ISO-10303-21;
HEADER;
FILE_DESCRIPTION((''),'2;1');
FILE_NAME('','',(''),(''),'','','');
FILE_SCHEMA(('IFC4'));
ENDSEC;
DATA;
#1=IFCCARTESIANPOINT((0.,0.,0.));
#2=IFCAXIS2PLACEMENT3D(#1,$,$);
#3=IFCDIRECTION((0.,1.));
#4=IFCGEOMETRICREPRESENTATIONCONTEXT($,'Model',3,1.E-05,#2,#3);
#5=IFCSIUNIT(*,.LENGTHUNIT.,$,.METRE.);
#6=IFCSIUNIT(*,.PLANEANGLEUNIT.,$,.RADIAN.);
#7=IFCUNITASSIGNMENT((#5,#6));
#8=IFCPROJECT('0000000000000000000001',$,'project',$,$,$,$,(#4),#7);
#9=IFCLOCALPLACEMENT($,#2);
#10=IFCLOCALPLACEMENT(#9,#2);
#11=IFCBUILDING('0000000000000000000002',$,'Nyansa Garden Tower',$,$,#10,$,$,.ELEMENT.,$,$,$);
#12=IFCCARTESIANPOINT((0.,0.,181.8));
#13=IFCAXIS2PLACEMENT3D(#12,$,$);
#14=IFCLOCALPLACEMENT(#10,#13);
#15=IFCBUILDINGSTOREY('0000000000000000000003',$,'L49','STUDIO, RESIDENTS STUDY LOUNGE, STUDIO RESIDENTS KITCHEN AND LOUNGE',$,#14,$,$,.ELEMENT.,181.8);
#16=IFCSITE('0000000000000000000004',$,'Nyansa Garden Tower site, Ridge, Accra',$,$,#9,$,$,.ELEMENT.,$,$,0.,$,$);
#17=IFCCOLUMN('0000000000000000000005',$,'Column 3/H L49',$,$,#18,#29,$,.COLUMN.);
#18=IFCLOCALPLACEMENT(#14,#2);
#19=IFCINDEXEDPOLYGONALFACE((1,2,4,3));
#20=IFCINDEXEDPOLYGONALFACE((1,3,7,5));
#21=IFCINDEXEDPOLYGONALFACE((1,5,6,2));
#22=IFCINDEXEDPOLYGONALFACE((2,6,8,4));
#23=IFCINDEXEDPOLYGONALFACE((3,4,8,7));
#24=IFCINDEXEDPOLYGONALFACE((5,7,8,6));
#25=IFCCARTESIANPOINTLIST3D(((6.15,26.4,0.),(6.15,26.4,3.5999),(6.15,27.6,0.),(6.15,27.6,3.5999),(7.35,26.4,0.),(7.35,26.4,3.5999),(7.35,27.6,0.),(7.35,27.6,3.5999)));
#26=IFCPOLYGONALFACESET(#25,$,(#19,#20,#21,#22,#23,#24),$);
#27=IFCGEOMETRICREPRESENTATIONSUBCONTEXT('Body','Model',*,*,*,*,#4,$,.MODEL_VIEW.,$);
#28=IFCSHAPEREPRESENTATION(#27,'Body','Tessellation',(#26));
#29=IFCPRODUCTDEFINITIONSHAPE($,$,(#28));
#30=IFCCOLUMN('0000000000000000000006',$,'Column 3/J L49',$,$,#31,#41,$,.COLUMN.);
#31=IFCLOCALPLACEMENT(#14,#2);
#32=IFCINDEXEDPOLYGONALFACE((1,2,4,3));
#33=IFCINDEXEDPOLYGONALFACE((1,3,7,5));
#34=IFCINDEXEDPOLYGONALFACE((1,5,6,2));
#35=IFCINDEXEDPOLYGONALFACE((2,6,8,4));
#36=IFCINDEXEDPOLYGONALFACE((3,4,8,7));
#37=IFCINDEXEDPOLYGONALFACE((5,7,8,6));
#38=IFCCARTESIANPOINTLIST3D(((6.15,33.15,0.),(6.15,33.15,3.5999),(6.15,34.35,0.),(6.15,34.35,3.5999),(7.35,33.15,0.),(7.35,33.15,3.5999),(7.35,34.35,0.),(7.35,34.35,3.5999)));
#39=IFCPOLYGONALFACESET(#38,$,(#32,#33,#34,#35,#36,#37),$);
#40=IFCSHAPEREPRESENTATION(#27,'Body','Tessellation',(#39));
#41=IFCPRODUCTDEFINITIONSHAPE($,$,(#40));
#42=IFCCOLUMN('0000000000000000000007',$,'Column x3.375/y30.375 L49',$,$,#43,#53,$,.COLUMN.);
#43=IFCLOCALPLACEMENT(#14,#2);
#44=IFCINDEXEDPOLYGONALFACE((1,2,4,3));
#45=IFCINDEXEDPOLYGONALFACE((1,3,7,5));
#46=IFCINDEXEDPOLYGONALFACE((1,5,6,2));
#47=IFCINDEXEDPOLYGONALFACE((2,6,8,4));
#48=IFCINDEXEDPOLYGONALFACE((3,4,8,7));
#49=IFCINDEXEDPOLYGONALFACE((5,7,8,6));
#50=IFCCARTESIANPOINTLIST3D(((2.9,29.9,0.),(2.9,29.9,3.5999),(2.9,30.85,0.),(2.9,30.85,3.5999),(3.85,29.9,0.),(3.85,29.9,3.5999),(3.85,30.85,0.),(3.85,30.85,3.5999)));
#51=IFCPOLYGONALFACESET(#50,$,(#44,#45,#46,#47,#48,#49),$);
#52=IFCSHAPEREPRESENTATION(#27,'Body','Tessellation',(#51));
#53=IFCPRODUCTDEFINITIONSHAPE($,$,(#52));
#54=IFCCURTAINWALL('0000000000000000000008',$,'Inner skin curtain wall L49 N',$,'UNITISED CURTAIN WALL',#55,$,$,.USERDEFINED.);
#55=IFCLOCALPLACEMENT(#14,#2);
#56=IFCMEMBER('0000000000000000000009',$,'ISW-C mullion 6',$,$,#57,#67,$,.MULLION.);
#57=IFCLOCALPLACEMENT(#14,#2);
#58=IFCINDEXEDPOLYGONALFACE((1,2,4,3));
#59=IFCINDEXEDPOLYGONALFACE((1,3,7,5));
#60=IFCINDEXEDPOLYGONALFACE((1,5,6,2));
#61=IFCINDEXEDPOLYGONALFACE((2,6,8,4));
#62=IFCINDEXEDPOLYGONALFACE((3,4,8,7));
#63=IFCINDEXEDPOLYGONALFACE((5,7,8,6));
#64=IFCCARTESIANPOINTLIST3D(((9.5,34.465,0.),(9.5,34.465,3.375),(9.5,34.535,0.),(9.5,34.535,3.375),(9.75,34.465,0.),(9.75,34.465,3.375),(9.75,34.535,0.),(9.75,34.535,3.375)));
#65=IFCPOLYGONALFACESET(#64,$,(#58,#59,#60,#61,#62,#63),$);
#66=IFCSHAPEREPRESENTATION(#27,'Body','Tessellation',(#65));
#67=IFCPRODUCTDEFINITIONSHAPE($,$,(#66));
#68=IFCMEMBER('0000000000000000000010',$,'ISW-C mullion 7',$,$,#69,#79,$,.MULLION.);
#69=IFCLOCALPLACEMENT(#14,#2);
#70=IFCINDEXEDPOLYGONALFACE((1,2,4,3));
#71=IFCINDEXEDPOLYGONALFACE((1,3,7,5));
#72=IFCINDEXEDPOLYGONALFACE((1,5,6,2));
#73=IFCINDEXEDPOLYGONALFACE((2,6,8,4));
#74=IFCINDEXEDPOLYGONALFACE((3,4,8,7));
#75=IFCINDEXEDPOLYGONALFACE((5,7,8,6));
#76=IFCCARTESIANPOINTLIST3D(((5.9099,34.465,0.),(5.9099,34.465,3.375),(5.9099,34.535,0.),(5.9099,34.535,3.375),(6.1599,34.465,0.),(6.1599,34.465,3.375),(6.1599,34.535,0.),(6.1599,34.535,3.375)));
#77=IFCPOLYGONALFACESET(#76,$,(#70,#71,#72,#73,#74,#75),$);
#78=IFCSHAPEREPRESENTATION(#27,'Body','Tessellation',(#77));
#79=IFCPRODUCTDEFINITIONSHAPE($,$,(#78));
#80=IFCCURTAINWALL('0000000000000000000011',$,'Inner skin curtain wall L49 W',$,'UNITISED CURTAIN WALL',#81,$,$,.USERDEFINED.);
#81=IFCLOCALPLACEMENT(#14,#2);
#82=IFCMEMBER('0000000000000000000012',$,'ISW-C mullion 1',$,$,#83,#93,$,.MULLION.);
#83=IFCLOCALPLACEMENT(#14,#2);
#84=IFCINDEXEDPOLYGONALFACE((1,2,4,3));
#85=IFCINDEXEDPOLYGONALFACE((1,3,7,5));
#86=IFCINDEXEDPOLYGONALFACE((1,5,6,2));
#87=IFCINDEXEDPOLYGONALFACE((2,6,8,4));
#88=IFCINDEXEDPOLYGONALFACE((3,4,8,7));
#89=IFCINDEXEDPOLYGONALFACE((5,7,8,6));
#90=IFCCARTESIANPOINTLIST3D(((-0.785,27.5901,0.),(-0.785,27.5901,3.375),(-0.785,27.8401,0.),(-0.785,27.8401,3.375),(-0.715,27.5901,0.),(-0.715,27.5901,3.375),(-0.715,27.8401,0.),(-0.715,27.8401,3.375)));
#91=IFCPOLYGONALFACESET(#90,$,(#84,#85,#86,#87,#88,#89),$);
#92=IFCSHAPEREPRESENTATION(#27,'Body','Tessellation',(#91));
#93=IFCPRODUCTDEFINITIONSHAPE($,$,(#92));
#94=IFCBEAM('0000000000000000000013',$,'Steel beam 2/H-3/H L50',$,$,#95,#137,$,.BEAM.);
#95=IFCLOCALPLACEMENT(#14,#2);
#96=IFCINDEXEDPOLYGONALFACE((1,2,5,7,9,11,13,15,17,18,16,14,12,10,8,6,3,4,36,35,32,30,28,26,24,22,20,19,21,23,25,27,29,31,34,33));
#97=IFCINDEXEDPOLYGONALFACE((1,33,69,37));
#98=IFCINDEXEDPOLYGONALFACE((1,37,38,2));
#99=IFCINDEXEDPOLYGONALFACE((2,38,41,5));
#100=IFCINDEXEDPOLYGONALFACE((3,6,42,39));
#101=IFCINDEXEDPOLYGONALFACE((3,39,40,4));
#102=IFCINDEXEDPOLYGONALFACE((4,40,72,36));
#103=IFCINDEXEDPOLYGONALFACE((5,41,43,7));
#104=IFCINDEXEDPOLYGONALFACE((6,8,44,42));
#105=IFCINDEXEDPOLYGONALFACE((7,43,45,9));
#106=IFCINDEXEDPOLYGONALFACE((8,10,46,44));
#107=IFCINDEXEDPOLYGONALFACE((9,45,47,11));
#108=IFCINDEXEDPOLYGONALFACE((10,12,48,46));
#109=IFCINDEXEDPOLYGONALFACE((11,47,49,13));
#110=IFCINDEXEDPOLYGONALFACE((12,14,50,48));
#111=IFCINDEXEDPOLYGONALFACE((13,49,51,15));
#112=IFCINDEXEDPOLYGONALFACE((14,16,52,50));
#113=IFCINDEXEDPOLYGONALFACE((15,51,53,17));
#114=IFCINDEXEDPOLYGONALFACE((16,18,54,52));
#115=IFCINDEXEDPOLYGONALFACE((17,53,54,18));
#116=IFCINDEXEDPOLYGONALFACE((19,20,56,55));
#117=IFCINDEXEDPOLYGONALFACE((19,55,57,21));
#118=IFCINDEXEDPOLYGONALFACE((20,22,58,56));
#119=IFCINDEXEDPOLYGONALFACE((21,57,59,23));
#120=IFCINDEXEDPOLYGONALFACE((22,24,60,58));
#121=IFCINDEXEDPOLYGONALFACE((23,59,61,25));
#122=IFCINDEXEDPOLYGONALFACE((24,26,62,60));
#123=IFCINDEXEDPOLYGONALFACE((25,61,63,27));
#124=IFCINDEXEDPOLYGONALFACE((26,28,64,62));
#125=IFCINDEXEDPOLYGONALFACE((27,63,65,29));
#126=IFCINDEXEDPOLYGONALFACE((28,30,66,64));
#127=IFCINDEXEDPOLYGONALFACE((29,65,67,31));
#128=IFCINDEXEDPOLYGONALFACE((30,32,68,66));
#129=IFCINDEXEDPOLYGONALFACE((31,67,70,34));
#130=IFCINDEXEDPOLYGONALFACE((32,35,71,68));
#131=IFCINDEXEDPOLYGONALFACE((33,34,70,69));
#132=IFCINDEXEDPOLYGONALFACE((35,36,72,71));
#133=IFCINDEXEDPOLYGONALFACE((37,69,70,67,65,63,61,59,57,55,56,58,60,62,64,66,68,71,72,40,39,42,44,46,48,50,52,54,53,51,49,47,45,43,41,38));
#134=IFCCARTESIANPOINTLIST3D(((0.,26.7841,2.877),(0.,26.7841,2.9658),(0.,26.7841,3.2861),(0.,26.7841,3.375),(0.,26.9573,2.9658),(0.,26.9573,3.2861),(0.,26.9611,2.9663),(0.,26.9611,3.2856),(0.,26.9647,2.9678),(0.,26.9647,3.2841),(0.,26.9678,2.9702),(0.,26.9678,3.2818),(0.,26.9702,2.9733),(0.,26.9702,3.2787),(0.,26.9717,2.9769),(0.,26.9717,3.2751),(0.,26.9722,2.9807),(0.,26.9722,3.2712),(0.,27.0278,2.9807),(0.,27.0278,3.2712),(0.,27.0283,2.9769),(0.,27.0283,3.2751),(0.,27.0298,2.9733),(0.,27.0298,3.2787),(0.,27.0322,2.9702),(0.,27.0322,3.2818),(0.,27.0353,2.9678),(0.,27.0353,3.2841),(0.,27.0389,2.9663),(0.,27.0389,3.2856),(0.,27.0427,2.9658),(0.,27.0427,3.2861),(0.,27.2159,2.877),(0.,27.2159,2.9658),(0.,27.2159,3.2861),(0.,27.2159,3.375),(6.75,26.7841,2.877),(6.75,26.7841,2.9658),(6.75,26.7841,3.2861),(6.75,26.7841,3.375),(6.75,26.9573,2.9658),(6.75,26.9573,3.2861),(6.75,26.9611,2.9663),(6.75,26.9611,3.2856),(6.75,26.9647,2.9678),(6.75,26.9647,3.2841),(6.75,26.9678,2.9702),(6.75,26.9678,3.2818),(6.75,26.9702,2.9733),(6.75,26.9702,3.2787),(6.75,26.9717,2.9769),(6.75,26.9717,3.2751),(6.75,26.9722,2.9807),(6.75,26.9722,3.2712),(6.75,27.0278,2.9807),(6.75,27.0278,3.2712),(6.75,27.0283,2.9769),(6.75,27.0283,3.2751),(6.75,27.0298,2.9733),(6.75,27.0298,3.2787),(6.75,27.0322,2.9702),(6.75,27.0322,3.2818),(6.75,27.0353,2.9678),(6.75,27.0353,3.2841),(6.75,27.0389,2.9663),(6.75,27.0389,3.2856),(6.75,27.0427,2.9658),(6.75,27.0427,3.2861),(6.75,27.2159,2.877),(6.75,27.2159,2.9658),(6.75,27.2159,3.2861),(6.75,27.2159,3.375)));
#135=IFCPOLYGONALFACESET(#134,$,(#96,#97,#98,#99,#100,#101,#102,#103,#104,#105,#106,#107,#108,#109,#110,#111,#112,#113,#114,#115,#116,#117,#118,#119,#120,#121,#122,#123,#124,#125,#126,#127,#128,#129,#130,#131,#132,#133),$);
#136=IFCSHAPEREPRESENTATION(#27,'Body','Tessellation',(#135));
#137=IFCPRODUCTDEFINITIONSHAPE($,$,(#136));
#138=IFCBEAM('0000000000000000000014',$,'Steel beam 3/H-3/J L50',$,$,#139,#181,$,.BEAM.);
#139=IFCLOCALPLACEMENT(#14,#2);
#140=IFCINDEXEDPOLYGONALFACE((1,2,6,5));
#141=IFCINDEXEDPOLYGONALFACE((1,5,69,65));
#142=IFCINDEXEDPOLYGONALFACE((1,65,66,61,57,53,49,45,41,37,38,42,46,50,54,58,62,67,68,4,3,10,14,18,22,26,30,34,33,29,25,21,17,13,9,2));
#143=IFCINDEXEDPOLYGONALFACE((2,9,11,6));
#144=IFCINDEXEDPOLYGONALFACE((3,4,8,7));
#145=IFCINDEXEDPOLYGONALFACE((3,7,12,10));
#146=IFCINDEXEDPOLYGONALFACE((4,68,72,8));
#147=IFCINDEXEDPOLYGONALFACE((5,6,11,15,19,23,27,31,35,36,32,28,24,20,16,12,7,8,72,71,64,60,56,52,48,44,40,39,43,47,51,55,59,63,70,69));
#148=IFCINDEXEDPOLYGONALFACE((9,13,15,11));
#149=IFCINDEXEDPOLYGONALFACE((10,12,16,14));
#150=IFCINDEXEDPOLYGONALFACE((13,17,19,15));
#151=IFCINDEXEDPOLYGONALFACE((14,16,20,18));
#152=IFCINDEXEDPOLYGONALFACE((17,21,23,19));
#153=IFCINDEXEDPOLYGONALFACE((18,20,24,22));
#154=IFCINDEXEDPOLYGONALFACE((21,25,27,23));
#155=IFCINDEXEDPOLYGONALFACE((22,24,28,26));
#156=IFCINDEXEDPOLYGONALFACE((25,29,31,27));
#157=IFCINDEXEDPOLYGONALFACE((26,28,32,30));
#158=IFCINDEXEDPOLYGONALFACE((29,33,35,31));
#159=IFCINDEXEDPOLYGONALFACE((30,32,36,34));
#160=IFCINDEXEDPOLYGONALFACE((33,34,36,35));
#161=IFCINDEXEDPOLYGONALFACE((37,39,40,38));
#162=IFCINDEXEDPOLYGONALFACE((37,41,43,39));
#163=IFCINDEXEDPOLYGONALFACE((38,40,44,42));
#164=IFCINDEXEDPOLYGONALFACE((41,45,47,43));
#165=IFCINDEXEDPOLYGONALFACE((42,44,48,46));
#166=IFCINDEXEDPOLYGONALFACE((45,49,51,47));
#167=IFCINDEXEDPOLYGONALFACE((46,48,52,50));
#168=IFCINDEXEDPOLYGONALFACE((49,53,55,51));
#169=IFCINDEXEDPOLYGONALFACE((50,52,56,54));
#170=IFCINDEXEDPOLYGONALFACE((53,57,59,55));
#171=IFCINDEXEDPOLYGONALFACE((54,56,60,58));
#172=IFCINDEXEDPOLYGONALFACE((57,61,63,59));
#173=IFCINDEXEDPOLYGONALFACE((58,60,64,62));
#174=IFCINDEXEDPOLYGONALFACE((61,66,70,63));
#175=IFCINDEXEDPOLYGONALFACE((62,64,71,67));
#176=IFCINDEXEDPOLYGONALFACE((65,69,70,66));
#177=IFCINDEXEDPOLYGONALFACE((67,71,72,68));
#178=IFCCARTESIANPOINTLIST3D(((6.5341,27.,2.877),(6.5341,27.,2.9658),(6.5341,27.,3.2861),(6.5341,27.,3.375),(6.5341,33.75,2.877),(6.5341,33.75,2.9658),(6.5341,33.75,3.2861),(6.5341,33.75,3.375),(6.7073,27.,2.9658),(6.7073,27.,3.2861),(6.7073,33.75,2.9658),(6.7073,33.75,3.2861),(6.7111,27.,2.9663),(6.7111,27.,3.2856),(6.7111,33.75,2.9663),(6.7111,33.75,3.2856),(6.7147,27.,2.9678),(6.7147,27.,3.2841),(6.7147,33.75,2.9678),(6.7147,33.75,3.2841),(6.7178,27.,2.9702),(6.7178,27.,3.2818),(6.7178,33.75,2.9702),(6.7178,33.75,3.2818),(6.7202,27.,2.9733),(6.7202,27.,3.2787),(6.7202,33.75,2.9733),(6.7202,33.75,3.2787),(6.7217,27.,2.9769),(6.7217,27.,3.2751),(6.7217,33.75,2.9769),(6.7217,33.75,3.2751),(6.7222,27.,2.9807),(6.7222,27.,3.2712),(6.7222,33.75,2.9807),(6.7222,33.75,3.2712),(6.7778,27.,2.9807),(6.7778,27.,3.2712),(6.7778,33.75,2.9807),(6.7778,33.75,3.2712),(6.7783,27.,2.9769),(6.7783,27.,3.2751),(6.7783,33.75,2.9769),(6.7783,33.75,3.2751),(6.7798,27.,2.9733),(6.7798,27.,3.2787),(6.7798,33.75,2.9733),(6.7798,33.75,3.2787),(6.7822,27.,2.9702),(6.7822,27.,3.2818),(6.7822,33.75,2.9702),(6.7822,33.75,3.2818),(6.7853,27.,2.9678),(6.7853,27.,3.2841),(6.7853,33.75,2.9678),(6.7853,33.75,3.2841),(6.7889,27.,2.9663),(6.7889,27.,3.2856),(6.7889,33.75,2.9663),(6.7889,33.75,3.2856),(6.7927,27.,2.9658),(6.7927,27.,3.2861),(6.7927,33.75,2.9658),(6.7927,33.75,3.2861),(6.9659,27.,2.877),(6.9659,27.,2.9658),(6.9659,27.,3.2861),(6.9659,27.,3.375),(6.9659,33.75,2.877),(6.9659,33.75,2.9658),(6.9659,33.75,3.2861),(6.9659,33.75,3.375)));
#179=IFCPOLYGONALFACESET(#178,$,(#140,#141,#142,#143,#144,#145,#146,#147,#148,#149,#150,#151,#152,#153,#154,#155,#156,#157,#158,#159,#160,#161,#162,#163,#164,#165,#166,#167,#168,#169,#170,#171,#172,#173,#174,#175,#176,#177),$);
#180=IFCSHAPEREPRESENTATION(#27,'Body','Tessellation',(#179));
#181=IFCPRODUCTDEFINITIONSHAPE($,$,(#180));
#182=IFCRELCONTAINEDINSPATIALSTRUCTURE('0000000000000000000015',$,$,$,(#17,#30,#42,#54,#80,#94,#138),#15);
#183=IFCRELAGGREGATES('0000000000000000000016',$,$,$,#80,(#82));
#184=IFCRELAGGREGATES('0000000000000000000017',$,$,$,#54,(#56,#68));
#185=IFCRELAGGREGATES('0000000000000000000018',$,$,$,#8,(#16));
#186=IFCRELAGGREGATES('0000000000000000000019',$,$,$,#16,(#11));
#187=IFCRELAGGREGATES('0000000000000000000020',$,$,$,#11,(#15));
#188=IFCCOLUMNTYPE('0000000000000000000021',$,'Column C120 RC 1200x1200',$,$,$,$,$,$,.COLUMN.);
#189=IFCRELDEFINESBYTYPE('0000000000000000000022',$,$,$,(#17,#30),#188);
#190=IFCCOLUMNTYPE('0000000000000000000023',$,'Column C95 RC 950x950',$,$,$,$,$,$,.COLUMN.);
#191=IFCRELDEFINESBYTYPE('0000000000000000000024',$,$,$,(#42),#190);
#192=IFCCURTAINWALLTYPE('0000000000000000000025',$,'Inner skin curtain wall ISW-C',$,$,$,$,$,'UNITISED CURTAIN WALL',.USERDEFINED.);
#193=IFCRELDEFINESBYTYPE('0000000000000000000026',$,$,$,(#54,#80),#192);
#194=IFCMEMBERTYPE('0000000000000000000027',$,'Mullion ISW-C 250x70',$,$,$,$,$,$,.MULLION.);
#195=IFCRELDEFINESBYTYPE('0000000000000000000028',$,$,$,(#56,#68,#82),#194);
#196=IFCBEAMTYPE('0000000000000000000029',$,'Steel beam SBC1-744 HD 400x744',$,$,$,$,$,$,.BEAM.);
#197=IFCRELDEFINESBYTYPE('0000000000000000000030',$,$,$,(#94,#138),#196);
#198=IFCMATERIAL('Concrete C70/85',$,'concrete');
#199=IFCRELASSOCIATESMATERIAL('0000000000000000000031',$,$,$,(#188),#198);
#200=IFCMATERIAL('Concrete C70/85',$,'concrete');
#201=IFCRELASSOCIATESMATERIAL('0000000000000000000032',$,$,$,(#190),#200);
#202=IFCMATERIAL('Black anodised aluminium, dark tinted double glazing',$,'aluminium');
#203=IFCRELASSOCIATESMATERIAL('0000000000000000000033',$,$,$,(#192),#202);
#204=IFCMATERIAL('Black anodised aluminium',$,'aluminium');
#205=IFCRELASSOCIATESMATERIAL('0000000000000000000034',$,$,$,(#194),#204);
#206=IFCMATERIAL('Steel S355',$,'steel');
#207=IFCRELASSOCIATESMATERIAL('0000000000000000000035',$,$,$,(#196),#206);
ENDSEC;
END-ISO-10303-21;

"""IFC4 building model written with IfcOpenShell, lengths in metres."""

from ifc_helpers import new_model, si_unit, direction, frame, origin, origin_2d, place, context, subcontext, project, spatial, rectangle, i_section, extrude, material, material_profile, profile_set, type_object, element, aggregate, save


model = new_model("IFC4")

# Units and contexts
model_context = context("Model", 3, precision=1e-05, world=origin(), true_north=direction((0.0, 1.0)))
body_context = subcontext(model_context, "Body", "Model", "MODEL_VIEW")
ifc_project = project(units=[si_unit("LENGTHUNIT", "METRE"), si_unit("PLANEANGLEUNIT", "RADIAN")], contexts=[model_context])

# Site, building, storey
site_placement = place(None, origin())
site = spatial("IfcSite", under=ifc_project, at=site_placement, Name="Nyansa Garden Tower site, Ridge, Accra", CompositionType="ELEMENT", RefElevation=0.0)
building_placement = place(site_placement, origin())
building = spatial("IfcBuilding", under=site, at=building_placement, Name="Nyansa Garden Tower", CompositionType="ELEMENT")
storey_placement = place(building_placement, frame((0.0, 0.0, 181.8)))
storey = spatial("IfcBuildingStorey", under=building, at=storey_placement, Name="L49", Description="STUDIO, RESIDENTS STUDY LOUNGE, STUDIO RESIDENTS KITCHEN AND LOUNGE", CompositionType="ELEMENT", Elevation=181.8)

# Columns
ifc_material_1 = material(Name="Concrete C70/85", Category="concrete")
ifc_material_profile_1 = material_profile(ifc_material_1, rectangle(XDim=1.2, YDim=1.2, at=origin_2d()), Name="RC 1200x1200")
ifc_profile_set_1 = profile_set([ifc_material_profile_1], Name="Concrete C70/85")
column_type_1 = type_object("IfcColumnType", Name="Column C120 RC 1200x1200", PredefinedType="COLUMN", material=ifc_profile_set_1)
for number, where, z_axis, x_axis, name in (
    (1, (6.75, 27.0, 0.0), (0.0, 0.0, 1.0), (1.0, 0.0, 0.0), "Column 3/H L49"),
    (2, (6.75, 33.75, 0.0), (0.0, 0.0, 1.0), (1.0, 0.0, 0.0), "Column 3/J L49"),
):
    element("IfcColumn", number, at=place(storey_placement, frame(where, z_axis=z_axis, x_axis=x_axis)), inside=storey, type_object=column_type_1, Name=name, PredefinedType="COLUMN", context=body_context, shape_type="SweptSolid", body=[
        extrude(rectangle(XDim=1.2, YDim=1.2, at=origin_2d()), origin(), (0.0, 0.0, 1.0), 3.5999),
    ])
ifc_material_2 = material(Name="Concrete C70/85", Category="concrete")
ifc_material_profile_2 = material_profile(ifc_material_2, rectangle(XDim=0.95, YDim=0.95, at=origin_2d()), Name="RC 950x950")
ifc_profile_set_2 = profile_set([ifc_material_profile_2], Name="Concrete C70/85")
column_type_2 = type_object("IfcColumnType", Name="Column C95 RC 950x950", PredefinedType="COLUMN", material=ifc_profile_set_2)
column_placement = place(storey_placement, frame((3.375, 30.375, 0.0), z_axis=(0.0, 0.0, 1.0), x_axis=(1.0, 0.0, 0.0)))
element("IfcColumn", 3, at=column_placement, inside=storey, type_object=column_type_2, Name="Column x3.375/y30.375 L49", PredefinedType="COLUMN", context=body_context, shape_type="SweptSolid", body=[
    extrude(rectangle(XDim=0.95, YDim=0.95, at=origin_2d()), origin(), (0.0, 0.0, 1.0), 3.5999),
])

# Curtain wall, members
ifc_material_3 = material(Name="Black anodised aluminium, dark tinted double glazing", Category="aluminium")
curtain_wall_type = type_object("IfcCurtainWallType", Name="Inner skin curtain wall ISW-C", ElementType="UNITISED CURTAIN WALL", PredefinedType="USERDEFINED", material=ifc_material_3)
curtain_wall_1_placement = place(storey_placement, origin())
curtain_wall_1 = element("IfcCurtainWall", 4, at=curtain_wall_1_placement, inside=storey, type_object=curtain_wall_type, Name="Inner skin curtain wall L49 N", ObjectType="UNITISED CURTAIN WALL", PredefinedType="USERDEFINED")
ifc_material_4 = material(Name="Black anodised aluminium", Category="aluminium")
ifc_material_profile_3 = material_profile(ifc_material_4, rectangle(XDim=0.0701, YDim=0.25, at=origin_2d()), Name="Mullion 250x70")
ifc_profile_set_3 = profile_set([ifc_material_profile_3], Name="Black anodised aluminium")
member_type_1 = type_object("IfcMemberType", Name="Mullion ISW-C 250x70", PredefinedType="MULLION", material=ifc_profile_set_3)
member_1_placement = place(storey_placement, frame((9.625, 34.5, 0.0), z_axis=(0.0, 0.0, 1.0), x_axis=(0.0, -1.0, 0.0)))
member_1 = element("IfcMember", 5, at=member_1_placement, type_object=member_type_1, Name="ISW-C mullion 6", PredefinedType="MULLION", context=body_context, shape_type="SweptSolid", body=[
    extrude(rectangle(XDim=0.0701, YDim=0.25, at=origin_2d()), origin(), (0.0, 0.0, 1.0), 3.375),
])
member_2_placement = place(storey_placement, frame((6.0349, 34.5, 0.0), z_axis=(0.0, 0.0, 1.0), x_axis=(0.0, -1.0, 0.0)))
member_2 = element("IfcMember", 6, at=member_2_placement, type_object=member_type_1, Name="ISW-C mullion 7", PredefinedType="MULLION", context=body_context, shape_type="SweptSolid", body=[
    extrude(rectangle(XDim=0.0701, YDim=0.25, at=origin_2d()), origin(), (0.0, 0.0, 1.0), 3.375),
])

# Curtain wall, member
curtain_wall_2_placement = place(storey_placement, origin())
curtain_wall_2 = element("IfcCurtainWall", 7, at=curtain_wall_2_placement, inside=storey, type_object=curtain_wall_type, Name="Inner skin curtain wall L49 W", ObjectType="UNITISED CURTAIN WALL", PredefinedType="USERDEFINED")
member_3_placement = place(storey_placement, frame((-0.75, 27.7151, 0.0), z_axis=(0.0, 0.0, 1.0), x_axis=(1.0, 0.0, 0.0)))
member_3 = element("IfcMember", 8, at=member_3_placement, type_object=member_type_1, Name="ISW-C mullion 1", PredefinedType="MULLION", context=body_context, shape_type="SweptSolid", body=[
    extrude(rectangle(XDim=0.0701, YDim=0.25, at=origin_2d()), origin(), (0.0, 0.0, 1.0), 3.375),
])

# Beams
ifc_material_5 = material(Name="Steel S355", Category="steel")
ifc_material_profile_4 = material_profile(ifc_material_5, i_section(OverallWidth=0.4319, OverallDepth=0.498, WebThickness=0.0557, FlangeThickness=0.0889, FilletRadius=0.0149, at=origin_2d()), Name="HD 400x744")
ifc_profile_set_4 = profile_set([ifc_material_profile_4], Name="Steel S355")
beam_type_1 = type_object("IfcBeamType", Name="Steel beam SBC1-744 HD 400x744", PredefinedType="BEAM", material=ifc_profile_set_4)
for number, where, z_axis, x_axis, name in (
    (9, (0.0, 27.0, 3.126), (1.0, 0.0, 0.0), (0.0, 1.0, 0.0), "Steel beam 2/H-3/H L50"),
    (10, (6.75, 27.0, 3.126), (0.0, 1.0, 0.0), (-1.0, 0.0, 0.0), "Steel beam 3/H-3/J L50"),
):
    element("IfcBeam", number, at=place(storey_placement, frame(where, z_axis=z_axis, x_axis=x_axis)), inside=storey, type_object=beam_type_1, Name=name, PredefinedType="BEAM", context=body_context, shape_type="SweptSolid", body=[
        extrude(i_section(OverallWidth=0.4319, OverallDepth=0.498, WebThickness=0.0557, FlangeThickness=0.0889, FilletRadius=0.0149, at=origin_2d()), origin(), (0.0, 0.0, 1.0), 6.75),
    ])

aggregate(curtain_wall_2, [member_3])

aggregate(curtain_wall_1, [member_1, member_2])

save(model, "model.ifc")
